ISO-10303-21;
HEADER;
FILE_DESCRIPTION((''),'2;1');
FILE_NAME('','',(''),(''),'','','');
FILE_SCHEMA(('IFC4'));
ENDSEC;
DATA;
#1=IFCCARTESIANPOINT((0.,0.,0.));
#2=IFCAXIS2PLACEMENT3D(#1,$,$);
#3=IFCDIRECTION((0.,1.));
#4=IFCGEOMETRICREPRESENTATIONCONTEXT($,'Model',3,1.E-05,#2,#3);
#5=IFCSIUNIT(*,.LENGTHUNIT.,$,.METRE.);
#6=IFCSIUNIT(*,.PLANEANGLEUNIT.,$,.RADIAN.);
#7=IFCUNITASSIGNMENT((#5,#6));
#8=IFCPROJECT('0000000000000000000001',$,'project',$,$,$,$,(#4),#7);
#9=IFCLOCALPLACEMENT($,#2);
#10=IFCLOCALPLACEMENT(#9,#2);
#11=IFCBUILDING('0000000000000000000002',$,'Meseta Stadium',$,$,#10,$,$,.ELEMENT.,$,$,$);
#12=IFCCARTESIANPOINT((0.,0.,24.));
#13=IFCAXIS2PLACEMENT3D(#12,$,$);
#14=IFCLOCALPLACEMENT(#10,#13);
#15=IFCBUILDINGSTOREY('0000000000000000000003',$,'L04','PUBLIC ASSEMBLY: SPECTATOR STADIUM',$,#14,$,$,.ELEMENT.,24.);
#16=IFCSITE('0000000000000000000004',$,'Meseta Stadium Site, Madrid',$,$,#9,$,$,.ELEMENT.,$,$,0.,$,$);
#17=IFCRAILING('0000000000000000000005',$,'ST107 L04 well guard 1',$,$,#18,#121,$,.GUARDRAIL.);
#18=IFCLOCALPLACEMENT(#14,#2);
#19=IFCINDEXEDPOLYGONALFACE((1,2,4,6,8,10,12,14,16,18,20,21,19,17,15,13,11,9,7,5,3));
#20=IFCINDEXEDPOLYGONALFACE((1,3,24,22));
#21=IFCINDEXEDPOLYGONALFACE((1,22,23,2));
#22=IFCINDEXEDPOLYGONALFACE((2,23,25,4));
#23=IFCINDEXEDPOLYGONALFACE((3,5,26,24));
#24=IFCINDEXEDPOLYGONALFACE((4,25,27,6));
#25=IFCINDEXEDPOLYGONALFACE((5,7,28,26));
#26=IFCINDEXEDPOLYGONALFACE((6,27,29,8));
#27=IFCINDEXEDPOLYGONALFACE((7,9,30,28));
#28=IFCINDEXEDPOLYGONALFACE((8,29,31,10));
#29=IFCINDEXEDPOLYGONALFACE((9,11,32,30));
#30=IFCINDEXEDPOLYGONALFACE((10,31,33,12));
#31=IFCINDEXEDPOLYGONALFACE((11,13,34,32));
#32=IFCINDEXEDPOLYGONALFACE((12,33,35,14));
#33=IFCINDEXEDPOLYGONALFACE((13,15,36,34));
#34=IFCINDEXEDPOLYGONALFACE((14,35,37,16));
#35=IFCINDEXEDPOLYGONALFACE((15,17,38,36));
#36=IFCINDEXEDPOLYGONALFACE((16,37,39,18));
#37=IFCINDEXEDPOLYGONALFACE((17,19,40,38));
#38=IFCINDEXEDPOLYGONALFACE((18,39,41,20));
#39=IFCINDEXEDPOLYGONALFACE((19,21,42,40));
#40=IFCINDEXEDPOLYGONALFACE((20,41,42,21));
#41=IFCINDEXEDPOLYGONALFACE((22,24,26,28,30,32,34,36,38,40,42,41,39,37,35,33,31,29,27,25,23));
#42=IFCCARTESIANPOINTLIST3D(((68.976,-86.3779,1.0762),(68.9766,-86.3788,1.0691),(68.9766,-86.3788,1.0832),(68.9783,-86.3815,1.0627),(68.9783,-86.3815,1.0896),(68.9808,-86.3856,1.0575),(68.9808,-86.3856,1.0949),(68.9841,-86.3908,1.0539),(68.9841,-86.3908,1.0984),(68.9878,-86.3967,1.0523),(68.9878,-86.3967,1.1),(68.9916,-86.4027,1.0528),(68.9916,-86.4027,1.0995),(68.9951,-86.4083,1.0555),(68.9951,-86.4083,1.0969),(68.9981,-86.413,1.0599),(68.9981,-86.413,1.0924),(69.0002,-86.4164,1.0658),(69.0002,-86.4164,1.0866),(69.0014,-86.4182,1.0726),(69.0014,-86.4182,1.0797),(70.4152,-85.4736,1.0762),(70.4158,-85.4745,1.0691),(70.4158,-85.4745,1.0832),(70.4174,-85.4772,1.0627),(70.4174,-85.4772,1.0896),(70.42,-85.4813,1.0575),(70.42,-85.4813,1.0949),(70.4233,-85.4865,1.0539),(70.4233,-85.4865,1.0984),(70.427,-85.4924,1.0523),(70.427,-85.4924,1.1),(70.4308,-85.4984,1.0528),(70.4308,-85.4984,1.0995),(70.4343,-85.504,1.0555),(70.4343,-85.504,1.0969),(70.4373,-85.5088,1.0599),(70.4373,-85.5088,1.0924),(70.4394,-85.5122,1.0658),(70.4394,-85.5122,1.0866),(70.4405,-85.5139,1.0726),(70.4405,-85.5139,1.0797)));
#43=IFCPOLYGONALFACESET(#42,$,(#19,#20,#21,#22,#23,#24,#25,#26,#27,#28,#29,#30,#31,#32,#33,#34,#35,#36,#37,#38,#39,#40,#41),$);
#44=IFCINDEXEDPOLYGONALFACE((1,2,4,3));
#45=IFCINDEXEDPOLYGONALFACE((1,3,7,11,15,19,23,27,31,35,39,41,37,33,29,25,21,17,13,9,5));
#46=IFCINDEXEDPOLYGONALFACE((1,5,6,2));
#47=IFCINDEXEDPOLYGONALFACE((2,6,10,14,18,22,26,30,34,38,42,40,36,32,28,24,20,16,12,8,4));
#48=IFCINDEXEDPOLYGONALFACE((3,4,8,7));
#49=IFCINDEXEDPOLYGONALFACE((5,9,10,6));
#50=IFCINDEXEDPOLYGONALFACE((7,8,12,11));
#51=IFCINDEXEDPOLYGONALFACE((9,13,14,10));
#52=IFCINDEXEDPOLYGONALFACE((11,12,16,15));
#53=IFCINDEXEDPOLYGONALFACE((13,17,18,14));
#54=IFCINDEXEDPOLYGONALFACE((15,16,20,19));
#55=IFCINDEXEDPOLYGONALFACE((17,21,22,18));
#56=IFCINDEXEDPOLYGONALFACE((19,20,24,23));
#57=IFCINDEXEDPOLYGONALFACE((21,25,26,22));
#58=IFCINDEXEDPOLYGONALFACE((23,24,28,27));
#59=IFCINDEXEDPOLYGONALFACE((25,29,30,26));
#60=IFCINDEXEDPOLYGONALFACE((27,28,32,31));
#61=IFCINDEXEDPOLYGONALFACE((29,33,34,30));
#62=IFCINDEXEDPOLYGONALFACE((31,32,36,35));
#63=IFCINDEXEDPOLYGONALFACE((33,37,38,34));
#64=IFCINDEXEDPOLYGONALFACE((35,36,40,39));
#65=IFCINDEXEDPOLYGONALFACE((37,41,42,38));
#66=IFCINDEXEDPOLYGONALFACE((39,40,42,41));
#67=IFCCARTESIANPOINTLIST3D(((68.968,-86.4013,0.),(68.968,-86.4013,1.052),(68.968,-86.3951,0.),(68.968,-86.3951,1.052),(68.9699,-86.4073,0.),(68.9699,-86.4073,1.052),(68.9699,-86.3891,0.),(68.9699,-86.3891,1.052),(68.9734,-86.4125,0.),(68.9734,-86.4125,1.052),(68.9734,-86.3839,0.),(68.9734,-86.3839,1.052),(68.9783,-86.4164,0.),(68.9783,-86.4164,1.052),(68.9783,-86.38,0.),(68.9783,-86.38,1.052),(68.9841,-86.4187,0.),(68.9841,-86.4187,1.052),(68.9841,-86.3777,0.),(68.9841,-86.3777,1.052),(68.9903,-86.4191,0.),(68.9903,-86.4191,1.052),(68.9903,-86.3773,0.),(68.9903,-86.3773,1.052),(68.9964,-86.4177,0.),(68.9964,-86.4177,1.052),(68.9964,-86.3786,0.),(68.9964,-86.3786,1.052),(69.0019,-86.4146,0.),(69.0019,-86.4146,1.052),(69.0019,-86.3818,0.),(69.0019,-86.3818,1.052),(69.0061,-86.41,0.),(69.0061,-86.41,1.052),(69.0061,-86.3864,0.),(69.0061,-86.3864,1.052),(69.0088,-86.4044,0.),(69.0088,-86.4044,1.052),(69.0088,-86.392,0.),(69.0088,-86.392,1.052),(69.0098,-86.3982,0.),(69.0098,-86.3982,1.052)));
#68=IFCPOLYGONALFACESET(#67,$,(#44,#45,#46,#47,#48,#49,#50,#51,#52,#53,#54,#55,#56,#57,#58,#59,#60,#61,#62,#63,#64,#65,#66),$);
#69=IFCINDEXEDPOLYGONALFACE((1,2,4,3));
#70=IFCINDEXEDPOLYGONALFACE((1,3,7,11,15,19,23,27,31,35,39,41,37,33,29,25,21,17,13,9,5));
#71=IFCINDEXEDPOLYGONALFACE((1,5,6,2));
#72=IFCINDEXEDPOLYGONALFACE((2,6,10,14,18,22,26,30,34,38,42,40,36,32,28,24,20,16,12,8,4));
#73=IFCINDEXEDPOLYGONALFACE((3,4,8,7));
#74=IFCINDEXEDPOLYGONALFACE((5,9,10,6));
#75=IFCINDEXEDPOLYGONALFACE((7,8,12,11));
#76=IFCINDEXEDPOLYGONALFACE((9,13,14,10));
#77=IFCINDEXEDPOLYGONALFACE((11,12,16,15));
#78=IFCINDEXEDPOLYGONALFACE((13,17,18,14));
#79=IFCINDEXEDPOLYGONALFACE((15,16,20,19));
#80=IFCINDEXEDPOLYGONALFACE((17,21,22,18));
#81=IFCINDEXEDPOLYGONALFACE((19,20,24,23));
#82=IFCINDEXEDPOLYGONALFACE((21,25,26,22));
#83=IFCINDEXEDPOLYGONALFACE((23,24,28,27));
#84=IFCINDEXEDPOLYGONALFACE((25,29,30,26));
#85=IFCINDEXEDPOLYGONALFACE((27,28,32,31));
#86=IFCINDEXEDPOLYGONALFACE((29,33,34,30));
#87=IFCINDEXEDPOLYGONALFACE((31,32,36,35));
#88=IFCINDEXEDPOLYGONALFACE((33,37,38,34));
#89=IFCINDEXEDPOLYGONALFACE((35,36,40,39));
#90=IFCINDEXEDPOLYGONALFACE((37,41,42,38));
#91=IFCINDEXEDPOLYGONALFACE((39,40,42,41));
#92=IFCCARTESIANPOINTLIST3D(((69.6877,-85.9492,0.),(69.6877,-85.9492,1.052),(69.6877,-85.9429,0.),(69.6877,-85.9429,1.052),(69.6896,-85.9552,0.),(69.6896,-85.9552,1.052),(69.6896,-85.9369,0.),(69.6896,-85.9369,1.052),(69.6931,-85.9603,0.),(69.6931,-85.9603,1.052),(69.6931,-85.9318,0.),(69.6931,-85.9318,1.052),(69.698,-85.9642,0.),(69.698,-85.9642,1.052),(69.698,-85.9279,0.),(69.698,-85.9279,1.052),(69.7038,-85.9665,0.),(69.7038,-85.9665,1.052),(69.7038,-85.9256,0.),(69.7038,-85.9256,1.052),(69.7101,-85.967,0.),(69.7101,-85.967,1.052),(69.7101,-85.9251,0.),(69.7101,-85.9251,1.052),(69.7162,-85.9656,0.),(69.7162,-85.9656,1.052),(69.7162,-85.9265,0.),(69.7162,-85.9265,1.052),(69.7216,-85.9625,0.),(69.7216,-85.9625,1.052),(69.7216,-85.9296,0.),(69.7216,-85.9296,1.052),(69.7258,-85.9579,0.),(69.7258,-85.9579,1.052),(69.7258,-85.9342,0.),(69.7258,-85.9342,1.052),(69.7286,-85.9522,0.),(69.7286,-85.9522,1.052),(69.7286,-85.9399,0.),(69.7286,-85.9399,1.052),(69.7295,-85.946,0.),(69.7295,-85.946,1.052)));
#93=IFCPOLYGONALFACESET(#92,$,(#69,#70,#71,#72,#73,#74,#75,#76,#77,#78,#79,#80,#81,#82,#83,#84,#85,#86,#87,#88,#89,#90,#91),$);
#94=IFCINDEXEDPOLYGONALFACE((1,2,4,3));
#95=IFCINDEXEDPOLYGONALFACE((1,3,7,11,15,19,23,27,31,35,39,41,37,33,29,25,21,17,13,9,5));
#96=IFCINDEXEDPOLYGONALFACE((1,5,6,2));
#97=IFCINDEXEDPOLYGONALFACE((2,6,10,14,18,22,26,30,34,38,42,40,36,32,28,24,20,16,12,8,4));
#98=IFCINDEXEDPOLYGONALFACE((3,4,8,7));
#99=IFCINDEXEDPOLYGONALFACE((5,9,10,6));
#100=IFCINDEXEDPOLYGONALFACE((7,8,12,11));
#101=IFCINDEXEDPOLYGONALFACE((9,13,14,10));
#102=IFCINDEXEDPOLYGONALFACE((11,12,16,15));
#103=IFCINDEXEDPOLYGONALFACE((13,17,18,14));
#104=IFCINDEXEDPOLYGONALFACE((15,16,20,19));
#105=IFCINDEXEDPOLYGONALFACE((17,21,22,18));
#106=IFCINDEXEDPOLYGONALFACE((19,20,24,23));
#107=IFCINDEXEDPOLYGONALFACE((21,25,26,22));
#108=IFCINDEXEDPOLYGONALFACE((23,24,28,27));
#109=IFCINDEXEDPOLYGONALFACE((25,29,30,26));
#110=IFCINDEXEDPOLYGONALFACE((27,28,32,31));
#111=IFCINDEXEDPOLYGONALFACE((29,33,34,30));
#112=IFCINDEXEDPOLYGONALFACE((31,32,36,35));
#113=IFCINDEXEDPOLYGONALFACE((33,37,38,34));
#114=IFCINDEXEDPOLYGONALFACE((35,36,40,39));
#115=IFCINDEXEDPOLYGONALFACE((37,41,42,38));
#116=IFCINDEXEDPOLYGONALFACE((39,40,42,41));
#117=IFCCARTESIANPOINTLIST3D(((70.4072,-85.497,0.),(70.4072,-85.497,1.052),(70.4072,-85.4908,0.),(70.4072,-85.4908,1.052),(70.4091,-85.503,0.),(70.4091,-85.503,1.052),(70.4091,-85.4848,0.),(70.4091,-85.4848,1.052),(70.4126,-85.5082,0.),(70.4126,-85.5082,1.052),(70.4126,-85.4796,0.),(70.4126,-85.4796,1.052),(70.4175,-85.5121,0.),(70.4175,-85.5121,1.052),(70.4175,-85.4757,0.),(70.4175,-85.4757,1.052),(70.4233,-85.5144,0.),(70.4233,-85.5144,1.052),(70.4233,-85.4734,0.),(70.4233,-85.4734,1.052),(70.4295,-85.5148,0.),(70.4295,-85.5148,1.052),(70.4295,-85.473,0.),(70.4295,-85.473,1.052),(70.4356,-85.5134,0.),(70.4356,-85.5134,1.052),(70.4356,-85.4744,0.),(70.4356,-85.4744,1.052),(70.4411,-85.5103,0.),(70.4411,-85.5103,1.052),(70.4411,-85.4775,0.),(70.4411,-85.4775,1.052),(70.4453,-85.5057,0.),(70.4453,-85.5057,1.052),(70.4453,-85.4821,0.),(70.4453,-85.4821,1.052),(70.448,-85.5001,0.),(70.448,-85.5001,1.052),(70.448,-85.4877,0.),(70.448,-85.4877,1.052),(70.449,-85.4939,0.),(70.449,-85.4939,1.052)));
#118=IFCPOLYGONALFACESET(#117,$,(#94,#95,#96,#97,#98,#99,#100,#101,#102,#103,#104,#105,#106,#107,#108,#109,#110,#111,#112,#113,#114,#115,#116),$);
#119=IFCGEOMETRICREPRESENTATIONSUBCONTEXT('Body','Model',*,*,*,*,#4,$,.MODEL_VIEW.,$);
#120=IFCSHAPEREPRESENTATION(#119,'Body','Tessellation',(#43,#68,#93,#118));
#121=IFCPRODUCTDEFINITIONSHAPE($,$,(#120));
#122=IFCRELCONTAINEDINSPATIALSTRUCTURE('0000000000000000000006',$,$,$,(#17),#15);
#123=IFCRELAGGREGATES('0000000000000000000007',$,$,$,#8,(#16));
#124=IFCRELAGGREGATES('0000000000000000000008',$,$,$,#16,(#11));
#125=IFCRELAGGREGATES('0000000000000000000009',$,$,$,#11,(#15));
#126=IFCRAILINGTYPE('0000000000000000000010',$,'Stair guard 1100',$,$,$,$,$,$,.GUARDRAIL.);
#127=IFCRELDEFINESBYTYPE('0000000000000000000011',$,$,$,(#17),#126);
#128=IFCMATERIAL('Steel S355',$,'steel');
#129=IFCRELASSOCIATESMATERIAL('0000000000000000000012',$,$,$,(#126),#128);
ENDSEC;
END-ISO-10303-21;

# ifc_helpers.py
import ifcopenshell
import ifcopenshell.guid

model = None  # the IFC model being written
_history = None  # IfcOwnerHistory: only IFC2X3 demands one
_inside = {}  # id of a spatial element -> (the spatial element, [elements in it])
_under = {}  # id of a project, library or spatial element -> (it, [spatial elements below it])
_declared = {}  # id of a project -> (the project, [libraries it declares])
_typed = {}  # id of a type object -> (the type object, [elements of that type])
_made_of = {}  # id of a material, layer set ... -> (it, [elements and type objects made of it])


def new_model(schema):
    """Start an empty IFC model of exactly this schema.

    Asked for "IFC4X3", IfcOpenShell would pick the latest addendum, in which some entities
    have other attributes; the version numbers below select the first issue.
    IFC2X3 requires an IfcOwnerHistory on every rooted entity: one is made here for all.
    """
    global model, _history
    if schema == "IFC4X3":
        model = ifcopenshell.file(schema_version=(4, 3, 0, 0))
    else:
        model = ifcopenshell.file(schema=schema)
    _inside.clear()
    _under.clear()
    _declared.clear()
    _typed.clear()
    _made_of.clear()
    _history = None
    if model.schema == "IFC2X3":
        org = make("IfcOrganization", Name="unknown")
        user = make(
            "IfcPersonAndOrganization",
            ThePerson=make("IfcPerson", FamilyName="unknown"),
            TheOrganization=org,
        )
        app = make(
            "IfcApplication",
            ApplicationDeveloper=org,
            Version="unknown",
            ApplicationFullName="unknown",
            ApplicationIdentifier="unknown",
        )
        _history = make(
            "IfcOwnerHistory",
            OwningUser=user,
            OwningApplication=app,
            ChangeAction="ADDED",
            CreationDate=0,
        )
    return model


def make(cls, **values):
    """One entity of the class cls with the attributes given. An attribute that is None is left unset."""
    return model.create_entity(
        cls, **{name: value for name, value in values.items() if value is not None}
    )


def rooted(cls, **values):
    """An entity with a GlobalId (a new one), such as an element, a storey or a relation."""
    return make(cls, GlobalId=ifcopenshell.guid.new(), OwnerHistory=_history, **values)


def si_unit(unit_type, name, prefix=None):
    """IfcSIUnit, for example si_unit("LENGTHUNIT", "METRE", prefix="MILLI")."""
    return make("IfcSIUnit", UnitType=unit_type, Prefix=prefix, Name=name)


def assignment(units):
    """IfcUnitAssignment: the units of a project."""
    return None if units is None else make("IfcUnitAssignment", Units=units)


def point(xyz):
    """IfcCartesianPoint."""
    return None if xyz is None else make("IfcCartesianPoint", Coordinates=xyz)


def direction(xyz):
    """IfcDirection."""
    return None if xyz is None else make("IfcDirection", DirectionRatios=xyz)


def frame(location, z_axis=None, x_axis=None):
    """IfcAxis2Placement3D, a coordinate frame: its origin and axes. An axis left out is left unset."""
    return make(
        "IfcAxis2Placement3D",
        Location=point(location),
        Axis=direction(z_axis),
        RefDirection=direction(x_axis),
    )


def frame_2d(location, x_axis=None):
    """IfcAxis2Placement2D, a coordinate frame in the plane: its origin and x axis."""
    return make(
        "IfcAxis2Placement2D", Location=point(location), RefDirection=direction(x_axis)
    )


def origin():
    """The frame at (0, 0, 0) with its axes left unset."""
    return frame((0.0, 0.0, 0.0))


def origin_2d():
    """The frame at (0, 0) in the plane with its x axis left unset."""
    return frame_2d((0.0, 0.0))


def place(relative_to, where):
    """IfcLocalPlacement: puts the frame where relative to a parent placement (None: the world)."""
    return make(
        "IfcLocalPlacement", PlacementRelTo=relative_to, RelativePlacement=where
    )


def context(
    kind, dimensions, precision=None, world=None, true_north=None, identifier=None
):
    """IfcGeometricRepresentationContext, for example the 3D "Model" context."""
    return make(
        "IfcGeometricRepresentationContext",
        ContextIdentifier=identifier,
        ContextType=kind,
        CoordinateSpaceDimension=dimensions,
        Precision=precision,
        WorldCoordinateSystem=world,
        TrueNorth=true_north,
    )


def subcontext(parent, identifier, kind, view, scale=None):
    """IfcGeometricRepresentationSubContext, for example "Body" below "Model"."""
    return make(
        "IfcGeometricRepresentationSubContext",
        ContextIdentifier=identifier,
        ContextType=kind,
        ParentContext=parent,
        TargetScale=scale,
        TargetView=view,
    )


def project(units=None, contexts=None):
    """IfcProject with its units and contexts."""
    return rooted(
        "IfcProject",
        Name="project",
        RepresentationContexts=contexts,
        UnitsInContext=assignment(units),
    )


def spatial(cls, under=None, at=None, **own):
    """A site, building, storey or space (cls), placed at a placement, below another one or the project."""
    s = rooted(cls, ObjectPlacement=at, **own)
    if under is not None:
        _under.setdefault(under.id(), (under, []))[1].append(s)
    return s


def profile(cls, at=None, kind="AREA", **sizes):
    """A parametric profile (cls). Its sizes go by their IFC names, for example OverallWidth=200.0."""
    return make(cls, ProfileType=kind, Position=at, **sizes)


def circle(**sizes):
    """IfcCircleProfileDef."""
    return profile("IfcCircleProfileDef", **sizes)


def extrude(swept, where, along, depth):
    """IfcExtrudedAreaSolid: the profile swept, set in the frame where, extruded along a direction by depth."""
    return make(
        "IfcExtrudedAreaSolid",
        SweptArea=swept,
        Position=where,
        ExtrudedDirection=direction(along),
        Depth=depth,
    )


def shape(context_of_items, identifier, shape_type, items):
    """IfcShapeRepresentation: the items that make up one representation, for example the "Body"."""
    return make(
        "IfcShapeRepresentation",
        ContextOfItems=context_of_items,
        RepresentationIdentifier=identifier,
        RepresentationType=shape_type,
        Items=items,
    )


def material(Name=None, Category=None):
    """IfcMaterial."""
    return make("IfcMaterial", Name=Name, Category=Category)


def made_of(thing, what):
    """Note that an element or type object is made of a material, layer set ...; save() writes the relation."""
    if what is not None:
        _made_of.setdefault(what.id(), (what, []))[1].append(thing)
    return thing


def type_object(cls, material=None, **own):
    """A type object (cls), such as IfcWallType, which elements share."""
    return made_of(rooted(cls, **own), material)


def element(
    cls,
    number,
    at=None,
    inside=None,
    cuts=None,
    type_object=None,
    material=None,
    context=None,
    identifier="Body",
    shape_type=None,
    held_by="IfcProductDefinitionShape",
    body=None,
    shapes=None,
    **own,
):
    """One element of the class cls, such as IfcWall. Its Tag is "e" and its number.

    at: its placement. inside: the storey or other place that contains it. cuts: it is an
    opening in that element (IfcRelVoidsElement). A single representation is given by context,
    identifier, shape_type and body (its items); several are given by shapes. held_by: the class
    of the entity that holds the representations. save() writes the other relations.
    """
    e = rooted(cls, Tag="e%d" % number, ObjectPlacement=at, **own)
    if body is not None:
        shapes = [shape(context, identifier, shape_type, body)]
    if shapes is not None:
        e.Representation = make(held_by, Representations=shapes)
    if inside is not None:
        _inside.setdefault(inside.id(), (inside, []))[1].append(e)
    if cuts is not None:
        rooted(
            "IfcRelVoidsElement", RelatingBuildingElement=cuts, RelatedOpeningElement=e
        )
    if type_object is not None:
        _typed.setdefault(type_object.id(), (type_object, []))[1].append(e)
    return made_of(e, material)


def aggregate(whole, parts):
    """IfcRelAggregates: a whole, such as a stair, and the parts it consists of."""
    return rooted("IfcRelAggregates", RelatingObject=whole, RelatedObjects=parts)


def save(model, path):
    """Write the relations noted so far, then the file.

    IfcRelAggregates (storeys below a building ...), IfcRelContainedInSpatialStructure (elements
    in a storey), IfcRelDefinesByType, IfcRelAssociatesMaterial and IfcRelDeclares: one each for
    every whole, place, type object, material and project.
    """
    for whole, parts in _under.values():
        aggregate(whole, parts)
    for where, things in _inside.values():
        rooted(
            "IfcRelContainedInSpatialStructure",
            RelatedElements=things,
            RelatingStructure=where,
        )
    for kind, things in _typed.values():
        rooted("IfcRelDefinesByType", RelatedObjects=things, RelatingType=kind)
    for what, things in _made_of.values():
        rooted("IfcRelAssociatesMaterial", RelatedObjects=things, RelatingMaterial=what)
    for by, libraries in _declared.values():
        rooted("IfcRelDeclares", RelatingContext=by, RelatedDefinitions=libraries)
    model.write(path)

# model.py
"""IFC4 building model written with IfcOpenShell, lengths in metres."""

from ifc_helpers import new_model, si_unit, direction, frame, origin, origin_2d, place, context, subcontext, project, spatial, circle, extrude, material, type_object, element, save


model = new_model("IFC4")

# Units and contexts
model_context = context("Model", 3, precision=1e-05, world=origin(), true_north=direction((0.0, 1.0)))
body_context = subcontext(model_context, "Body", "Model", "MODEL_VIEW")
ifc_project = project(units=[si_unit("LENGTHUNIT", "METRE"), si_unit("PLANEANGLEUNIT", "RADIAN")], contexts=[model_context])

# Site, building, storey
site_placement = place(None, origin())
site = spatial("IfcSite", under=ifc_project, at=site_placement, Name="Meseta Stadium Site, Madrid", CompositionType="ELEMENT", RefElevation=0.0)
building_placement = place(site_placement, origin())
building = spatial("IfcBuilding", under=site, at=building_placement, Name="Meseta Stadium", CompositionType="ELEMENT")
storey_placement = place(building_placement, frame((0.0, 0.0, 24.0)))
storey = spatial("IfcBuildingStorey", under=building, at=storey_placement, Name="L04", Description="PUBLIC ASSEMBLY: SPECTATOR STADIUM", CompositionType="ELEMENT", Elevation=24.0)

# Railing
ifc_material_1 = material(Name="Steel S355", Category="steel")
railing_type_1 = type_object("IfcRailingType", Name="Stair guard 1100", PredefinedType="GUARDRAIL", material=ifc_material_1)
railing_1_placement = place(storey_placement, frame((68.9888, -86.3982, 0.0)))
element("IfcRailing", 1, at=railing_1_placement, inside=storey, type_object=railing_type_1, Name="ST107 L04 well guard 1", PredefinedType="GUARDRAIL", context=body_context, shape_type="SweptSolid", body=[
    extrude(circle(Radius=0.0239, at=origin_2d()), frame((0.0, 0.0, 1.0762), z_axis=(0.846729, 0.532024, 0.0), x_axis=(-0.532024, 0.846729, 0.0)), (0.0, 0.0, 1.0), 1.6997),
    extrude(circle(Radius=0.021, at=origin_2d()), origin(), (0.0, 0.0, 1.0), 1.052),
    extrude(circle(Radius=0.021, at=origin_2d()), frame((0.7197, 0.4521, 0.0)), (0.0, 0.0, 1.0), 1.052),
    extrude(circle(Radius=0.021, at=origin_2d()), frame((1.4392, 0.9043, 0.0)), (0.0, 0.0, 1.0), 1.052),
])

save(model, "model.ifc")
